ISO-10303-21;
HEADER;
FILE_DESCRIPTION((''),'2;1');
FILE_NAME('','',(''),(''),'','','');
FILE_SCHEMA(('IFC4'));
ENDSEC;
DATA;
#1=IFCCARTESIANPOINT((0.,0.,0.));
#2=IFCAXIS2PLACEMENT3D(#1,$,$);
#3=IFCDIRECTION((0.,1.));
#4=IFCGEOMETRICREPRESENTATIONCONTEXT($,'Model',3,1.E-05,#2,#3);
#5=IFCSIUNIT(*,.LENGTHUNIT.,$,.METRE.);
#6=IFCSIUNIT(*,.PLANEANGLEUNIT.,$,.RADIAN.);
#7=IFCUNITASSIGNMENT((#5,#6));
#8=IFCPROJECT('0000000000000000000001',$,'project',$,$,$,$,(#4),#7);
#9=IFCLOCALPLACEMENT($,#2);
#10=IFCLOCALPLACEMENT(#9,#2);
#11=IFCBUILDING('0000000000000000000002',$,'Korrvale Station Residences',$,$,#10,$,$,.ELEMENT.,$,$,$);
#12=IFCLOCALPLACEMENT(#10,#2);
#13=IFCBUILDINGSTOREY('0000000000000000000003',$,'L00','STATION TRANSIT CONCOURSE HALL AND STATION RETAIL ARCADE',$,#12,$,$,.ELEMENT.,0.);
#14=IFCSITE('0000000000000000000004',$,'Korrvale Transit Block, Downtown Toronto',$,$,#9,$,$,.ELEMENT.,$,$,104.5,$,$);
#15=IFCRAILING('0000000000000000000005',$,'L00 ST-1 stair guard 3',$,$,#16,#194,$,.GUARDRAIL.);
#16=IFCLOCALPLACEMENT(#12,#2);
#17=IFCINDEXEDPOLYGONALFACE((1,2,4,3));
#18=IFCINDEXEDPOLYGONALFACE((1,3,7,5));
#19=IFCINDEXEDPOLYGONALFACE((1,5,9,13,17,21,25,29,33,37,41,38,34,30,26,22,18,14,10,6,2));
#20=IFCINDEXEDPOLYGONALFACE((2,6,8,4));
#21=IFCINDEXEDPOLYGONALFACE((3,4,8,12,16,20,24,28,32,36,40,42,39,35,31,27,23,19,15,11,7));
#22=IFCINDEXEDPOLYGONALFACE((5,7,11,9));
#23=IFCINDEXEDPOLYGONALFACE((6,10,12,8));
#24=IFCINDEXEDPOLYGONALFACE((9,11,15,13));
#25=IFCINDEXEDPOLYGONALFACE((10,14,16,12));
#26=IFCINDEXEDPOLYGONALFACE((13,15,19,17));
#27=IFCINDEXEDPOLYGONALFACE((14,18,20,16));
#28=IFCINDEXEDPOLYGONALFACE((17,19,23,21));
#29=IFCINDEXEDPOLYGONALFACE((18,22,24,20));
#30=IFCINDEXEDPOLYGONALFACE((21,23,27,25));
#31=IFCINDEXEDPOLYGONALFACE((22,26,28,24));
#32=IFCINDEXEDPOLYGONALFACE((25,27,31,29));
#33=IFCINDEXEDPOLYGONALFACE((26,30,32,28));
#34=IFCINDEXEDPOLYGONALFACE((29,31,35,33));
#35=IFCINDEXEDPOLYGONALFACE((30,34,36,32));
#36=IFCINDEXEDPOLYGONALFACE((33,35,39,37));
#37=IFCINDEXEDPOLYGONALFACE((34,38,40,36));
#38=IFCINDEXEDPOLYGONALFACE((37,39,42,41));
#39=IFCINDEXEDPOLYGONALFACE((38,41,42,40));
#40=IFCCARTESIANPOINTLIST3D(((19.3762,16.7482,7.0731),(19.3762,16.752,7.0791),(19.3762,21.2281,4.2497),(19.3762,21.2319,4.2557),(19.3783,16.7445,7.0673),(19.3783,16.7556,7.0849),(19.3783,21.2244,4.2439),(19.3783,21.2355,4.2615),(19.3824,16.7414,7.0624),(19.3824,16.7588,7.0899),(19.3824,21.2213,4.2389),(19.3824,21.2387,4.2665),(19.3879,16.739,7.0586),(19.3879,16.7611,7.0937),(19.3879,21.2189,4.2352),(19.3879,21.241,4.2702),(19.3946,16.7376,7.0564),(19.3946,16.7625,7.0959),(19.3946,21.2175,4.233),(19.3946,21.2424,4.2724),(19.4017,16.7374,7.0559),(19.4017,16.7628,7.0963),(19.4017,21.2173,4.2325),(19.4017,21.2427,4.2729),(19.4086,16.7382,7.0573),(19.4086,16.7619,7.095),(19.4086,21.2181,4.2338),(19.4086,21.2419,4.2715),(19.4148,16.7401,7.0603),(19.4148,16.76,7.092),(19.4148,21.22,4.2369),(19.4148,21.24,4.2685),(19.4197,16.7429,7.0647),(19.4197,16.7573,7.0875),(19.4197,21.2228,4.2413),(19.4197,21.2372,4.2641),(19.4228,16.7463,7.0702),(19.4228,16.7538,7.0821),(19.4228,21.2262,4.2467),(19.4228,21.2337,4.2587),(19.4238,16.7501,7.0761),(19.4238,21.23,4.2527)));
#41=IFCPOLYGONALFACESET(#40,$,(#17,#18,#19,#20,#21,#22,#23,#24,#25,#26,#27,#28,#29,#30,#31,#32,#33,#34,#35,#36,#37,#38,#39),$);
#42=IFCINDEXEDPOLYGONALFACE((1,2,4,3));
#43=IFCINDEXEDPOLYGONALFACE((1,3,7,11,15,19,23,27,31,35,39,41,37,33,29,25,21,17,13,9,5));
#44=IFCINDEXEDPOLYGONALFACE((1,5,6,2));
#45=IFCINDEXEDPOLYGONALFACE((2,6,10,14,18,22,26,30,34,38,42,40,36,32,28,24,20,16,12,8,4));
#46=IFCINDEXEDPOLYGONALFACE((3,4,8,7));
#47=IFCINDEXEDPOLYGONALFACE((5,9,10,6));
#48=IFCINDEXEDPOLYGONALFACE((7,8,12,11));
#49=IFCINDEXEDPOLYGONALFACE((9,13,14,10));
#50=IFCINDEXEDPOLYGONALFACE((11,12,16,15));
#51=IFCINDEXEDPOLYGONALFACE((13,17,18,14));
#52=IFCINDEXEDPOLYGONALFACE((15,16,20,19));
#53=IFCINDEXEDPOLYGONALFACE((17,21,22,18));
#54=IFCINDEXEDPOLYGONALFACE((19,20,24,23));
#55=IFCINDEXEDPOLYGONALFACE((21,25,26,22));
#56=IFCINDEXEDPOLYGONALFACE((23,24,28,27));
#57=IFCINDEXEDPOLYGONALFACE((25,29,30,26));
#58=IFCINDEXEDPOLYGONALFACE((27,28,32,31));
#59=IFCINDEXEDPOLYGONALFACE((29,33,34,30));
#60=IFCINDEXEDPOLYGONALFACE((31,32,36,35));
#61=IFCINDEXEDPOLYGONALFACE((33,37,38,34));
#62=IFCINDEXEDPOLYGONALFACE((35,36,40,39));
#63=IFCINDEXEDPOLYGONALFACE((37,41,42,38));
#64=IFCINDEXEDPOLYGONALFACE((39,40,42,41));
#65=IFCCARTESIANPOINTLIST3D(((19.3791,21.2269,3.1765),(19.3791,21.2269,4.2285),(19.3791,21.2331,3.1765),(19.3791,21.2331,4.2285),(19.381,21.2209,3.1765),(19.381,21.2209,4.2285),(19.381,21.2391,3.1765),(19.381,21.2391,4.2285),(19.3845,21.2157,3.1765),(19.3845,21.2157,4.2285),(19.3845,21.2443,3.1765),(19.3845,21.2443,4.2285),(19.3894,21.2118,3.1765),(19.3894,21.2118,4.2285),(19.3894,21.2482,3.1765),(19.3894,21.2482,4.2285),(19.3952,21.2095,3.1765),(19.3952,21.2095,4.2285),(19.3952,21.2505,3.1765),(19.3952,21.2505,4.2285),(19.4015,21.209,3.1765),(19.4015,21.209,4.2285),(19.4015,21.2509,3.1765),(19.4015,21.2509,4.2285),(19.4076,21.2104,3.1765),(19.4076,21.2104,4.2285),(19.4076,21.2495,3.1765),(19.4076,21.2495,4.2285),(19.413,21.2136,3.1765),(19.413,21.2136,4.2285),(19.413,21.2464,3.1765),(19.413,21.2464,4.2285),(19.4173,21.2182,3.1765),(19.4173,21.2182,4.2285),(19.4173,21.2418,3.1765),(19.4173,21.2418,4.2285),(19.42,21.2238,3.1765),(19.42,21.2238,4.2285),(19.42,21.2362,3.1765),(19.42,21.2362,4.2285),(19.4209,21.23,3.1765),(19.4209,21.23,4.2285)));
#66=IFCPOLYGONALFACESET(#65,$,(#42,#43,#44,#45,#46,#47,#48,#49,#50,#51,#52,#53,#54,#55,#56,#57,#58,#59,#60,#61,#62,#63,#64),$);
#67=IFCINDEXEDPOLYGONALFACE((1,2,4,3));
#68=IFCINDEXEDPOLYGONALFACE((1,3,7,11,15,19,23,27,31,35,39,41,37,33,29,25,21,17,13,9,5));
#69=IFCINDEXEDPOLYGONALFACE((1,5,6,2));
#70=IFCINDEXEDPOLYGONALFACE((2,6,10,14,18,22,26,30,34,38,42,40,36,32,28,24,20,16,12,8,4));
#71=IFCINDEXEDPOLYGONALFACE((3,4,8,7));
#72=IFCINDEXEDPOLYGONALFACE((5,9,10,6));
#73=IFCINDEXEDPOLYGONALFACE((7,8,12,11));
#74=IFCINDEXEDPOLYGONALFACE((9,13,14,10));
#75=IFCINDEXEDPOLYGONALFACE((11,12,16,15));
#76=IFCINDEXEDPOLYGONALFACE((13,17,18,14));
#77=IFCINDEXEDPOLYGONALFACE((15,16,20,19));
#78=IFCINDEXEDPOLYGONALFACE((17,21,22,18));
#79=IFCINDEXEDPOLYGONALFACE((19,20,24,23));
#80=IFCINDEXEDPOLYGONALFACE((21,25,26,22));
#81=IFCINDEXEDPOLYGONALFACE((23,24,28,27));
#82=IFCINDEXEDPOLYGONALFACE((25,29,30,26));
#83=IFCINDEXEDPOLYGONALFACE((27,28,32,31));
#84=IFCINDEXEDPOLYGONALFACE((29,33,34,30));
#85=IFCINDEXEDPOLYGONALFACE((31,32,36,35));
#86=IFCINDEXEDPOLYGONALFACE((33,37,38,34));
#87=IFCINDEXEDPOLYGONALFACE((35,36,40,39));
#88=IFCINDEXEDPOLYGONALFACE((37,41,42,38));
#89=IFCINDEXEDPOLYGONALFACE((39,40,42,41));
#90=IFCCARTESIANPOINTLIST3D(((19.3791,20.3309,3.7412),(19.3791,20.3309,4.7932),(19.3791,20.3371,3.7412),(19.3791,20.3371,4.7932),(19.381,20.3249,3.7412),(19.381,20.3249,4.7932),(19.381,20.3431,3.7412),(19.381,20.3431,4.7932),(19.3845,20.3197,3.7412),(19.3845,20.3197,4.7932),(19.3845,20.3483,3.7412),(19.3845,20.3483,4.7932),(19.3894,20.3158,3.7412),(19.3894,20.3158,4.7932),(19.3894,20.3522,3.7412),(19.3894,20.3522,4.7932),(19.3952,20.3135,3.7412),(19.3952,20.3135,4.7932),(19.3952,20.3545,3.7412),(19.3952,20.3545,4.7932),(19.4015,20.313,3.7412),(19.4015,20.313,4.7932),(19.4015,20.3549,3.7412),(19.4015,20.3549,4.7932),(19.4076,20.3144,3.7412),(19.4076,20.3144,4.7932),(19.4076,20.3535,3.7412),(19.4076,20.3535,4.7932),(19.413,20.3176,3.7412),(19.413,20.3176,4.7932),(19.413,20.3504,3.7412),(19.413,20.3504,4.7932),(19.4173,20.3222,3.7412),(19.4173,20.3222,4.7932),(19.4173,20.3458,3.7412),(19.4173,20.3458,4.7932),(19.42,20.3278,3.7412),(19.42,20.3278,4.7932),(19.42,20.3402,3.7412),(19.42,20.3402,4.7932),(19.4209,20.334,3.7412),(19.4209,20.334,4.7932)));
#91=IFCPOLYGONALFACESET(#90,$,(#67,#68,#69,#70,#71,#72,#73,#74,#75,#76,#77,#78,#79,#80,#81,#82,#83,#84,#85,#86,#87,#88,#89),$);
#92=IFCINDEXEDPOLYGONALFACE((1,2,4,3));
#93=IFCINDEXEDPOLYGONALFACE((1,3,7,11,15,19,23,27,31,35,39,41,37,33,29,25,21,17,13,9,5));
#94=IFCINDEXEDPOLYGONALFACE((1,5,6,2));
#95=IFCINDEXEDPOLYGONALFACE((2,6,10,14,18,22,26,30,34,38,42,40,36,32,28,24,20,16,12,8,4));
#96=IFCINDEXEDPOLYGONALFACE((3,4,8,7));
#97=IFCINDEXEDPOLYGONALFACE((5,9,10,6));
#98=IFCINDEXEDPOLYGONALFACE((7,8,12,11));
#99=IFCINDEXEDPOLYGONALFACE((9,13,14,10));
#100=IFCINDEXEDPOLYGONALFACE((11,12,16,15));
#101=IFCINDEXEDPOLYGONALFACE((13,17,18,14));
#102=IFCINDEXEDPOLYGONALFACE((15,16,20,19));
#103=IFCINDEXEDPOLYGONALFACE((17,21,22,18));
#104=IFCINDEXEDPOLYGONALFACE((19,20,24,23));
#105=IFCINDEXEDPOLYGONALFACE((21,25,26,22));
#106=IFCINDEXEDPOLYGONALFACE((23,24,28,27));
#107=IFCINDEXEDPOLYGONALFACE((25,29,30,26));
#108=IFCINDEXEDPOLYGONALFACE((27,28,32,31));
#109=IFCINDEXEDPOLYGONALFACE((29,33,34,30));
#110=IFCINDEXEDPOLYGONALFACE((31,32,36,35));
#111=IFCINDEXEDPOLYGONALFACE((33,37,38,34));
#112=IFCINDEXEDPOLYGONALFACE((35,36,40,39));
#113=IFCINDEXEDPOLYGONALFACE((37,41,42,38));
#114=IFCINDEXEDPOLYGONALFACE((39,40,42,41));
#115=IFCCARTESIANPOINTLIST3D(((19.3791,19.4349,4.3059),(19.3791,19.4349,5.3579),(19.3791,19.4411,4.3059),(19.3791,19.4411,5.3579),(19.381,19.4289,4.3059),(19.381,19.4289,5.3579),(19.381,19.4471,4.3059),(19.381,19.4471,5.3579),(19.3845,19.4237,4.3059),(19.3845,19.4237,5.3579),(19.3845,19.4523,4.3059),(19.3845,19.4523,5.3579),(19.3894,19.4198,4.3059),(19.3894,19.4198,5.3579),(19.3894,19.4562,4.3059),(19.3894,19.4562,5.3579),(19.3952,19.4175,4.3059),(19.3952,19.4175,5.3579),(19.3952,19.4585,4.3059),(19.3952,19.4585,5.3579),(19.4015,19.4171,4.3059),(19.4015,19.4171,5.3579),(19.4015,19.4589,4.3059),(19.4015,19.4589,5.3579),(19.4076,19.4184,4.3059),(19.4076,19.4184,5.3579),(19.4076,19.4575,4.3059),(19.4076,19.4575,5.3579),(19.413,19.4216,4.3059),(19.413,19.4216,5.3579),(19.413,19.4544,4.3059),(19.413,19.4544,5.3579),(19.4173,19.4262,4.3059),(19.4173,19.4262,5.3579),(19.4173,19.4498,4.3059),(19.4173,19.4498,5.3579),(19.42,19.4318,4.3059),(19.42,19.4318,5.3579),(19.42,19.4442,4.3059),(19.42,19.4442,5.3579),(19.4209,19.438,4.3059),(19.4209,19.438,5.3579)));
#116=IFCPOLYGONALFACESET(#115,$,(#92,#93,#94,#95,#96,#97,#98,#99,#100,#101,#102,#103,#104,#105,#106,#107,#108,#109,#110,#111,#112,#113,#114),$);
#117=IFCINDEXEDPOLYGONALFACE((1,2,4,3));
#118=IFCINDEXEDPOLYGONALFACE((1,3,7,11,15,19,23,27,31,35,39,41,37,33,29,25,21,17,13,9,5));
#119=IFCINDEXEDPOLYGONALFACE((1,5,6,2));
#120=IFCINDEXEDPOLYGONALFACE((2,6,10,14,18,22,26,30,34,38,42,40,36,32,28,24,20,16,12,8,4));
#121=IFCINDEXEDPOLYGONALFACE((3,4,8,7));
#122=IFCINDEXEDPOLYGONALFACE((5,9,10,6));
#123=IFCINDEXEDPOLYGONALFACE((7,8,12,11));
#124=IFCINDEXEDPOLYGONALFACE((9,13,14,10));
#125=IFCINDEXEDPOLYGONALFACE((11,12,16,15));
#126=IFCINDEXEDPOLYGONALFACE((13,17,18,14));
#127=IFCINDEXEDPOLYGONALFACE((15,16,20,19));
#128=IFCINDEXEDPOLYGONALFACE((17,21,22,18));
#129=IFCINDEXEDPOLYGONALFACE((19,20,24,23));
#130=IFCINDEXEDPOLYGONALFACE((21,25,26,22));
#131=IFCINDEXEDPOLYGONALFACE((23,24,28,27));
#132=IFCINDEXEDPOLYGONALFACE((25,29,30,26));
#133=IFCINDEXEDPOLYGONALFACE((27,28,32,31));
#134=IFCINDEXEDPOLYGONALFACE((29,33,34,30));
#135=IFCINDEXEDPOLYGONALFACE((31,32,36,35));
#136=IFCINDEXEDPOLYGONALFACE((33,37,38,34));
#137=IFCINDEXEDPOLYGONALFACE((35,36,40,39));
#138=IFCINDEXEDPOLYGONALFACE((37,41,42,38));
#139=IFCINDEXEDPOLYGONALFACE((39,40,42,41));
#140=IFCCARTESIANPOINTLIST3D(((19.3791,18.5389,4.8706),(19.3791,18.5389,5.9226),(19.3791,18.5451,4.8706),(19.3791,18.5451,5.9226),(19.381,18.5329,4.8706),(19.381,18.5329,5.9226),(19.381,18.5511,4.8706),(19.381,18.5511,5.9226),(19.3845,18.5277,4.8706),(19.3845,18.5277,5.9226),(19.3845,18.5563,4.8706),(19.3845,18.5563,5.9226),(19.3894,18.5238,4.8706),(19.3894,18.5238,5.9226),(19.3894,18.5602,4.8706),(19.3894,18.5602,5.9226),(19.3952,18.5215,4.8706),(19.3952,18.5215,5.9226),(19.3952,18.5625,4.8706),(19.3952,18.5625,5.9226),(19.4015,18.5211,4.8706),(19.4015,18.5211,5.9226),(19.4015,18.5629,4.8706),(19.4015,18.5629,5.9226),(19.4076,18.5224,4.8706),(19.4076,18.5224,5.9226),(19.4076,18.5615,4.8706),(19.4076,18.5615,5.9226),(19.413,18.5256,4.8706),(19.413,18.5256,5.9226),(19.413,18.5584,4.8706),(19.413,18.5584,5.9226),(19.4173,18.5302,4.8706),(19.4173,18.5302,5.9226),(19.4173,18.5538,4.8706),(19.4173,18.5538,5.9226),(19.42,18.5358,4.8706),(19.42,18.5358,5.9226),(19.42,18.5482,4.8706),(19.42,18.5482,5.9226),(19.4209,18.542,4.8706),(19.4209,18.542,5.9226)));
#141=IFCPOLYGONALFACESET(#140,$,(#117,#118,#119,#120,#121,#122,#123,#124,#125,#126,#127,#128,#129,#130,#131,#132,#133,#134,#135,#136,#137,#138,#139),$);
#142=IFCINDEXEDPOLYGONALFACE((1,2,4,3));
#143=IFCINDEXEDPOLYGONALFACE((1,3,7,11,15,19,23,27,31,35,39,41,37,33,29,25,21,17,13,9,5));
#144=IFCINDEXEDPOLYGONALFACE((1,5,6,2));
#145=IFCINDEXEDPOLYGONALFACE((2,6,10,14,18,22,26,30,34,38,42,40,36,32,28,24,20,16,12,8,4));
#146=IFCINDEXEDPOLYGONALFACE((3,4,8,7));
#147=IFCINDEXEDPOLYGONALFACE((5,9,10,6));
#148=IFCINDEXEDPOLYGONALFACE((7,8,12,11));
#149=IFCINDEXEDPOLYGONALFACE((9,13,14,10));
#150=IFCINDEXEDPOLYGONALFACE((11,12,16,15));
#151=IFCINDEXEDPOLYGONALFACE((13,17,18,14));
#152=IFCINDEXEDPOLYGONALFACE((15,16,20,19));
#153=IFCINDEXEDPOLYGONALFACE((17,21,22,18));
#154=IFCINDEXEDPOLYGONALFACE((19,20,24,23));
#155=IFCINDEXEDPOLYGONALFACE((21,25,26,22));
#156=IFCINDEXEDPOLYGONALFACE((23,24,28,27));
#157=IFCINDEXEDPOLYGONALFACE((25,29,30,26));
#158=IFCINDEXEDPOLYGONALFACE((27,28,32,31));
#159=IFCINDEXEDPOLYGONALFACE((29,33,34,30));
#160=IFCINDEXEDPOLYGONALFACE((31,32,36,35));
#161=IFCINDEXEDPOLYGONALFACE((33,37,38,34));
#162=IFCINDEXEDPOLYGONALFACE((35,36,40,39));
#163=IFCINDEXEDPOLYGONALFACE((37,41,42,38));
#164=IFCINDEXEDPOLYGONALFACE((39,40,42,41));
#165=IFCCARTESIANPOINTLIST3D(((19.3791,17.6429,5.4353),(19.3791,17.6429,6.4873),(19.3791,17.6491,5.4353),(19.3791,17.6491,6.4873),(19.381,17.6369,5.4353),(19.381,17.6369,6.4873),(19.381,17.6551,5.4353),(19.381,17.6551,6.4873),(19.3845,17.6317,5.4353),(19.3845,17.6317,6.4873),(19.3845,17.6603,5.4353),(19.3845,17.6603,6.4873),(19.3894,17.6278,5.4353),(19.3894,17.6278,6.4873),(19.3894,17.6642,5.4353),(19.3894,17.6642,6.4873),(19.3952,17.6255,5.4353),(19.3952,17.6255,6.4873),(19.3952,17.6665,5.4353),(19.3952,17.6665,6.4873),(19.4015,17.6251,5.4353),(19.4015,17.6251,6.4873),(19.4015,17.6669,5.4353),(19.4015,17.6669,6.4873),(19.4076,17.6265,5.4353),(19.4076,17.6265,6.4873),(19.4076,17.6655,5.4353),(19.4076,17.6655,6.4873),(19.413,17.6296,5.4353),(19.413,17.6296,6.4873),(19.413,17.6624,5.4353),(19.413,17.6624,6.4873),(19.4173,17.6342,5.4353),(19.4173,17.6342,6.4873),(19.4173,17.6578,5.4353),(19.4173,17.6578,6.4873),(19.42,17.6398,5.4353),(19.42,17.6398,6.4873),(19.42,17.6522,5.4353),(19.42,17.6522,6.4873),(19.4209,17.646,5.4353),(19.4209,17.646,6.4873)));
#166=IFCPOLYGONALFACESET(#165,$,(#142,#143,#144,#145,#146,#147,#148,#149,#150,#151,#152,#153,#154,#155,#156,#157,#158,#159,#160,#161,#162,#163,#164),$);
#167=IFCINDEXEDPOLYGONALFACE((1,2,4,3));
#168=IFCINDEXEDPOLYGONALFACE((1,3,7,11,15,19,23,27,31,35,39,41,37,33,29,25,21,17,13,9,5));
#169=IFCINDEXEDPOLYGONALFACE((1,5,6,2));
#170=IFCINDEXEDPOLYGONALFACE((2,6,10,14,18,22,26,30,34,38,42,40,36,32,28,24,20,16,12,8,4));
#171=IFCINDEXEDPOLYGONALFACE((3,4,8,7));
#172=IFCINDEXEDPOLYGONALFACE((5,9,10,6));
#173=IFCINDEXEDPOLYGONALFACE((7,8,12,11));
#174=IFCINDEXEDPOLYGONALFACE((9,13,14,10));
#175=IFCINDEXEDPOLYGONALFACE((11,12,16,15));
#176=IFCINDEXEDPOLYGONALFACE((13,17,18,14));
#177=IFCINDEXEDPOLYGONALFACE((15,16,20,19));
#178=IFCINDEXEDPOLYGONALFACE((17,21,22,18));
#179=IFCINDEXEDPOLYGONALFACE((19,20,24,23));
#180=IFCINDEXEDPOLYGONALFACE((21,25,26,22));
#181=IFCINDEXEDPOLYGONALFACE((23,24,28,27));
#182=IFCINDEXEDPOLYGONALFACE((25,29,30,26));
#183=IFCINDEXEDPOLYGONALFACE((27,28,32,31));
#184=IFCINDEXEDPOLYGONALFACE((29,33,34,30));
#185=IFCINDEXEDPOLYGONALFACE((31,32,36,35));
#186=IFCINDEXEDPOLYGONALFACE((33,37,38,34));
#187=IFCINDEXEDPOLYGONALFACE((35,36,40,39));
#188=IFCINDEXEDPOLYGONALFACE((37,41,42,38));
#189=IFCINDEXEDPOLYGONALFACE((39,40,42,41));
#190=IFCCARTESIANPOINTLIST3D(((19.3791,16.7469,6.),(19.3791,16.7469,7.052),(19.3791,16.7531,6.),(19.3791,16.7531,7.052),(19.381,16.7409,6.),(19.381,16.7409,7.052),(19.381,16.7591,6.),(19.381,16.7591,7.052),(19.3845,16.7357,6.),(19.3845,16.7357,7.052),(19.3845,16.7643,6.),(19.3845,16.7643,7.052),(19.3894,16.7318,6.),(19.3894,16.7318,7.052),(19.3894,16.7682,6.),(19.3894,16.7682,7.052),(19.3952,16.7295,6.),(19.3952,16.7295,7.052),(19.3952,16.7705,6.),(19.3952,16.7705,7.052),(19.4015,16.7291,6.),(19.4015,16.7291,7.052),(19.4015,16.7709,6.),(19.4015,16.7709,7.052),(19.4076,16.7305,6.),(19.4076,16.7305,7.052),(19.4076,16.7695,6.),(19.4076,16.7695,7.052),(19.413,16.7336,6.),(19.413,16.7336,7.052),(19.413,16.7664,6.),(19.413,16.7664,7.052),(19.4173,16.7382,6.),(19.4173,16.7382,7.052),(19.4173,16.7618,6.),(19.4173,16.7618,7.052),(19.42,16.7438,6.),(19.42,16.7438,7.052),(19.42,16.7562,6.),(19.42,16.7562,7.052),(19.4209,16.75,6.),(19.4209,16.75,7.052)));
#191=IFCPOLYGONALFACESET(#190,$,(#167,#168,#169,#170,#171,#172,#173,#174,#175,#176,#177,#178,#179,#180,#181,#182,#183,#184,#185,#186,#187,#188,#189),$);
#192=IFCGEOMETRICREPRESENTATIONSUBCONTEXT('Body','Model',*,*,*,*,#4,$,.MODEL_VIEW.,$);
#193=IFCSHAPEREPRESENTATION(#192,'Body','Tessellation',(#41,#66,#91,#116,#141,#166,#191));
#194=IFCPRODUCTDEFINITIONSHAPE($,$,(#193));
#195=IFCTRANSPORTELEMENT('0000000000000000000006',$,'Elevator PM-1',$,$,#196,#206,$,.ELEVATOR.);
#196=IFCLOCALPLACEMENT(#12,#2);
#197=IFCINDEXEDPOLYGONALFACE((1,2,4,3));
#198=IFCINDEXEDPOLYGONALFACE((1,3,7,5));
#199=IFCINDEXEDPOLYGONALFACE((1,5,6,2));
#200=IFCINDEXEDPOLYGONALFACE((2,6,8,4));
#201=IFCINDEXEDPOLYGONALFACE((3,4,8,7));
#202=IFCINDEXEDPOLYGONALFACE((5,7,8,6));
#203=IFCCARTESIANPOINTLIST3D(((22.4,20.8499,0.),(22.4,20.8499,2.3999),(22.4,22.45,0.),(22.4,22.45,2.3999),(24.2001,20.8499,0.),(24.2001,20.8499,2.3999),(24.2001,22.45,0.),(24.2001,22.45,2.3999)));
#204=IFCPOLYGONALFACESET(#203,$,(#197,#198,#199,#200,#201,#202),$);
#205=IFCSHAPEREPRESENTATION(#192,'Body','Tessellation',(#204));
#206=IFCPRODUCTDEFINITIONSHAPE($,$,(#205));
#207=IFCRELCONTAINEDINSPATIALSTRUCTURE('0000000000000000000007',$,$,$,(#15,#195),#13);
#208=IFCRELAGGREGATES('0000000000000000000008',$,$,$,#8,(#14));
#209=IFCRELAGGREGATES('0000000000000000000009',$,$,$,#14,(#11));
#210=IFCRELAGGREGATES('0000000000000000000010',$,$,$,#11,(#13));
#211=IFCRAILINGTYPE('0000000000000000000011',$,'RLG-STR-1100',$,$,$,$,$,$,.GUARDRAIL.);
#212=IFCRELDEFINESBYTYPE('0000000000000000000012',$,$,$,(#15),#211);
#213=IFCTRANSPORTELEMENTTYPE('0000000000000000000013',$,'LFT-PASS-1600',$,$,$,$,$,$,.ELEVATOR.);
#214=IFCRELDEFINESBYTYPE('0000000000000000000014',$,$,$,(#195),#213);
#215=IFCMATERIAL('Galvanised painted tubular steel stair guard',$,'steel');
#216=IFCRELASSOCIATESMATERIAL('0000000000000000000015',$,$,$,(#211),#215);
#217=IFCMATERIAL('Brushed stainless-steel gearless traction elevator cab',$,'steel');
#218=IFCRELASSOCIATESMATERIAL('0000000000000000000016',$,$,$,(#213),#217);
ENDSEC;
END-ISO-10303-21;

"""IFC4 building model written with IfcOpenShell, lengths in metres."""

from ifc_helpers import new_model, si_unit, direction, frame, origin, origin_2d, place, context, subcontext, project, spatial, rectangle, circle, extrude, material, type_object, element, save


model = new_model("IFC4")

# Units and contexts
model_context = context("Model", 3, precision=1e-05, world=origin(), true_north=direction((0.0, 1.0)))
body_context = subcontext(model_context, "Body", "Model", "MODEL_VIEW")
ifc_project = project(units=[si_unit("LENGTHUNIT", "METRE"), si_unit("PLANEANGLEUNIT", "RADIAN")], contexts=[model_context])

# Site, building, storey
site_placement = place(None, origin())
site = spatial("IfcSite", under=ifc_project, at=site_placement, Name="Korrvale Transit Block, Downtown Toronto", CompositionType="ELEMENT", RefElevation=104.5)
building_placement = place(site_placement, origin())
building = spatial("IfcBuilding", under=site, at=building_placement, Name="Korrvale Station Residences", CompositionType="ELEMENT")
storey_placement = place(building_placement, origin())
storey = spatial("IfcBuildingStorey", under=building, at=storey_placement, Name="L00", Description="STATION TRANSIT CONCOURSE HALL AND STATION RETAIL ARCADE", CompositionType="ELEMENT", Elevation=0.0)

# Railing
ifc_material_1 = material(Name="Galvanised painted tubular steel stair guard", Category="steel")
railing_type = type_object("IfcRailingType", Name="RLG-STR-1100", PredefinedType="GUARDRAIL", material=ifc_material_1)
railing_1_placement = place(storey_placement, frame((19.3999, 21.23, 3.1765)))
element("IfcRailing", 1, at=railing_1_placement, inside=storey, type_object=railing_type, Name="L00 ST-1 stair guard 3", PredefinedType="GUARDRAIL", context=body_context, shape_type="SweptSolid", body=[
    extrude(circle(Radius=0.0239, at=origin_2d()), frame((0.0, 0.0, 1.0762), z_axis=(0.0, -0.845998, 0.533186), x_axis=(1.0, 0.0, 0.0)), (0.0, 0.0, 1.0), 5.2954),
    extrude(circle(Radius=0.021, at=origin_2d()), origin(), (0.0, 0.0, 1.0), 1.052),
    extrude(circle(Radius=0.021, at=origin_2d()), frame((0.0, -0.896, 0.5647)), (0.0, 0.0, 1.0), 1.052),
    extrude(circle(Radius=0.021, at=origin_2d()), frame((0.0, -1.792, 1.1294)), (0.0, 0.0, 1.0), 1.052),
    extrude(circle(Radius=0.021, at=origin_2d()), frame((0.0, -2.688, 1.6941)), (0.0, 0.0, 1.0), 1.052),
    extrude(circle(Radius=0.021, at=origin_2d()), frame((0.0, -3.584, 2.2588)), (0.0, 0.0, 1.0), 1.052),
    extrude(circle(Radius=0.021, at=origin_2d()), frame((0.0, -4.48, 2.8235)), (0.0, 0.0, 1.0), 1.052),
])

# Transport element
ifc_material_2 = material(Name="Brushed stainless-steel gearless traction elevator cab", Category="steel")
transport_element_type = type_object("IfcTransportElementType", Name="LFT-PASS-1600", PredefinedType="ELEVATOR", material=ifc_material_2)
transport_element_placement = place(storey_placement, frame((23.3, 21.6499, 0.0), z_axis=(0.0, 0.0, 1.0), x_axis=(1.0, 0.0, 0.0)))
element("IfcTransportElement", 2, at=transport_element_placement, inside=storey, type_object=transport_element_type, Name="Elevator PM-1", PredefinedType="ELEVATOR", context=body_context, shape_type="SweptSolid", body=[
    extrude(rectangle(XDim=1.8, YDim=1.6001, at=origin_2d()), origin(), (0.0, 0.0, 1.0), 2.3999),
])

save(model, "model.ifc")
